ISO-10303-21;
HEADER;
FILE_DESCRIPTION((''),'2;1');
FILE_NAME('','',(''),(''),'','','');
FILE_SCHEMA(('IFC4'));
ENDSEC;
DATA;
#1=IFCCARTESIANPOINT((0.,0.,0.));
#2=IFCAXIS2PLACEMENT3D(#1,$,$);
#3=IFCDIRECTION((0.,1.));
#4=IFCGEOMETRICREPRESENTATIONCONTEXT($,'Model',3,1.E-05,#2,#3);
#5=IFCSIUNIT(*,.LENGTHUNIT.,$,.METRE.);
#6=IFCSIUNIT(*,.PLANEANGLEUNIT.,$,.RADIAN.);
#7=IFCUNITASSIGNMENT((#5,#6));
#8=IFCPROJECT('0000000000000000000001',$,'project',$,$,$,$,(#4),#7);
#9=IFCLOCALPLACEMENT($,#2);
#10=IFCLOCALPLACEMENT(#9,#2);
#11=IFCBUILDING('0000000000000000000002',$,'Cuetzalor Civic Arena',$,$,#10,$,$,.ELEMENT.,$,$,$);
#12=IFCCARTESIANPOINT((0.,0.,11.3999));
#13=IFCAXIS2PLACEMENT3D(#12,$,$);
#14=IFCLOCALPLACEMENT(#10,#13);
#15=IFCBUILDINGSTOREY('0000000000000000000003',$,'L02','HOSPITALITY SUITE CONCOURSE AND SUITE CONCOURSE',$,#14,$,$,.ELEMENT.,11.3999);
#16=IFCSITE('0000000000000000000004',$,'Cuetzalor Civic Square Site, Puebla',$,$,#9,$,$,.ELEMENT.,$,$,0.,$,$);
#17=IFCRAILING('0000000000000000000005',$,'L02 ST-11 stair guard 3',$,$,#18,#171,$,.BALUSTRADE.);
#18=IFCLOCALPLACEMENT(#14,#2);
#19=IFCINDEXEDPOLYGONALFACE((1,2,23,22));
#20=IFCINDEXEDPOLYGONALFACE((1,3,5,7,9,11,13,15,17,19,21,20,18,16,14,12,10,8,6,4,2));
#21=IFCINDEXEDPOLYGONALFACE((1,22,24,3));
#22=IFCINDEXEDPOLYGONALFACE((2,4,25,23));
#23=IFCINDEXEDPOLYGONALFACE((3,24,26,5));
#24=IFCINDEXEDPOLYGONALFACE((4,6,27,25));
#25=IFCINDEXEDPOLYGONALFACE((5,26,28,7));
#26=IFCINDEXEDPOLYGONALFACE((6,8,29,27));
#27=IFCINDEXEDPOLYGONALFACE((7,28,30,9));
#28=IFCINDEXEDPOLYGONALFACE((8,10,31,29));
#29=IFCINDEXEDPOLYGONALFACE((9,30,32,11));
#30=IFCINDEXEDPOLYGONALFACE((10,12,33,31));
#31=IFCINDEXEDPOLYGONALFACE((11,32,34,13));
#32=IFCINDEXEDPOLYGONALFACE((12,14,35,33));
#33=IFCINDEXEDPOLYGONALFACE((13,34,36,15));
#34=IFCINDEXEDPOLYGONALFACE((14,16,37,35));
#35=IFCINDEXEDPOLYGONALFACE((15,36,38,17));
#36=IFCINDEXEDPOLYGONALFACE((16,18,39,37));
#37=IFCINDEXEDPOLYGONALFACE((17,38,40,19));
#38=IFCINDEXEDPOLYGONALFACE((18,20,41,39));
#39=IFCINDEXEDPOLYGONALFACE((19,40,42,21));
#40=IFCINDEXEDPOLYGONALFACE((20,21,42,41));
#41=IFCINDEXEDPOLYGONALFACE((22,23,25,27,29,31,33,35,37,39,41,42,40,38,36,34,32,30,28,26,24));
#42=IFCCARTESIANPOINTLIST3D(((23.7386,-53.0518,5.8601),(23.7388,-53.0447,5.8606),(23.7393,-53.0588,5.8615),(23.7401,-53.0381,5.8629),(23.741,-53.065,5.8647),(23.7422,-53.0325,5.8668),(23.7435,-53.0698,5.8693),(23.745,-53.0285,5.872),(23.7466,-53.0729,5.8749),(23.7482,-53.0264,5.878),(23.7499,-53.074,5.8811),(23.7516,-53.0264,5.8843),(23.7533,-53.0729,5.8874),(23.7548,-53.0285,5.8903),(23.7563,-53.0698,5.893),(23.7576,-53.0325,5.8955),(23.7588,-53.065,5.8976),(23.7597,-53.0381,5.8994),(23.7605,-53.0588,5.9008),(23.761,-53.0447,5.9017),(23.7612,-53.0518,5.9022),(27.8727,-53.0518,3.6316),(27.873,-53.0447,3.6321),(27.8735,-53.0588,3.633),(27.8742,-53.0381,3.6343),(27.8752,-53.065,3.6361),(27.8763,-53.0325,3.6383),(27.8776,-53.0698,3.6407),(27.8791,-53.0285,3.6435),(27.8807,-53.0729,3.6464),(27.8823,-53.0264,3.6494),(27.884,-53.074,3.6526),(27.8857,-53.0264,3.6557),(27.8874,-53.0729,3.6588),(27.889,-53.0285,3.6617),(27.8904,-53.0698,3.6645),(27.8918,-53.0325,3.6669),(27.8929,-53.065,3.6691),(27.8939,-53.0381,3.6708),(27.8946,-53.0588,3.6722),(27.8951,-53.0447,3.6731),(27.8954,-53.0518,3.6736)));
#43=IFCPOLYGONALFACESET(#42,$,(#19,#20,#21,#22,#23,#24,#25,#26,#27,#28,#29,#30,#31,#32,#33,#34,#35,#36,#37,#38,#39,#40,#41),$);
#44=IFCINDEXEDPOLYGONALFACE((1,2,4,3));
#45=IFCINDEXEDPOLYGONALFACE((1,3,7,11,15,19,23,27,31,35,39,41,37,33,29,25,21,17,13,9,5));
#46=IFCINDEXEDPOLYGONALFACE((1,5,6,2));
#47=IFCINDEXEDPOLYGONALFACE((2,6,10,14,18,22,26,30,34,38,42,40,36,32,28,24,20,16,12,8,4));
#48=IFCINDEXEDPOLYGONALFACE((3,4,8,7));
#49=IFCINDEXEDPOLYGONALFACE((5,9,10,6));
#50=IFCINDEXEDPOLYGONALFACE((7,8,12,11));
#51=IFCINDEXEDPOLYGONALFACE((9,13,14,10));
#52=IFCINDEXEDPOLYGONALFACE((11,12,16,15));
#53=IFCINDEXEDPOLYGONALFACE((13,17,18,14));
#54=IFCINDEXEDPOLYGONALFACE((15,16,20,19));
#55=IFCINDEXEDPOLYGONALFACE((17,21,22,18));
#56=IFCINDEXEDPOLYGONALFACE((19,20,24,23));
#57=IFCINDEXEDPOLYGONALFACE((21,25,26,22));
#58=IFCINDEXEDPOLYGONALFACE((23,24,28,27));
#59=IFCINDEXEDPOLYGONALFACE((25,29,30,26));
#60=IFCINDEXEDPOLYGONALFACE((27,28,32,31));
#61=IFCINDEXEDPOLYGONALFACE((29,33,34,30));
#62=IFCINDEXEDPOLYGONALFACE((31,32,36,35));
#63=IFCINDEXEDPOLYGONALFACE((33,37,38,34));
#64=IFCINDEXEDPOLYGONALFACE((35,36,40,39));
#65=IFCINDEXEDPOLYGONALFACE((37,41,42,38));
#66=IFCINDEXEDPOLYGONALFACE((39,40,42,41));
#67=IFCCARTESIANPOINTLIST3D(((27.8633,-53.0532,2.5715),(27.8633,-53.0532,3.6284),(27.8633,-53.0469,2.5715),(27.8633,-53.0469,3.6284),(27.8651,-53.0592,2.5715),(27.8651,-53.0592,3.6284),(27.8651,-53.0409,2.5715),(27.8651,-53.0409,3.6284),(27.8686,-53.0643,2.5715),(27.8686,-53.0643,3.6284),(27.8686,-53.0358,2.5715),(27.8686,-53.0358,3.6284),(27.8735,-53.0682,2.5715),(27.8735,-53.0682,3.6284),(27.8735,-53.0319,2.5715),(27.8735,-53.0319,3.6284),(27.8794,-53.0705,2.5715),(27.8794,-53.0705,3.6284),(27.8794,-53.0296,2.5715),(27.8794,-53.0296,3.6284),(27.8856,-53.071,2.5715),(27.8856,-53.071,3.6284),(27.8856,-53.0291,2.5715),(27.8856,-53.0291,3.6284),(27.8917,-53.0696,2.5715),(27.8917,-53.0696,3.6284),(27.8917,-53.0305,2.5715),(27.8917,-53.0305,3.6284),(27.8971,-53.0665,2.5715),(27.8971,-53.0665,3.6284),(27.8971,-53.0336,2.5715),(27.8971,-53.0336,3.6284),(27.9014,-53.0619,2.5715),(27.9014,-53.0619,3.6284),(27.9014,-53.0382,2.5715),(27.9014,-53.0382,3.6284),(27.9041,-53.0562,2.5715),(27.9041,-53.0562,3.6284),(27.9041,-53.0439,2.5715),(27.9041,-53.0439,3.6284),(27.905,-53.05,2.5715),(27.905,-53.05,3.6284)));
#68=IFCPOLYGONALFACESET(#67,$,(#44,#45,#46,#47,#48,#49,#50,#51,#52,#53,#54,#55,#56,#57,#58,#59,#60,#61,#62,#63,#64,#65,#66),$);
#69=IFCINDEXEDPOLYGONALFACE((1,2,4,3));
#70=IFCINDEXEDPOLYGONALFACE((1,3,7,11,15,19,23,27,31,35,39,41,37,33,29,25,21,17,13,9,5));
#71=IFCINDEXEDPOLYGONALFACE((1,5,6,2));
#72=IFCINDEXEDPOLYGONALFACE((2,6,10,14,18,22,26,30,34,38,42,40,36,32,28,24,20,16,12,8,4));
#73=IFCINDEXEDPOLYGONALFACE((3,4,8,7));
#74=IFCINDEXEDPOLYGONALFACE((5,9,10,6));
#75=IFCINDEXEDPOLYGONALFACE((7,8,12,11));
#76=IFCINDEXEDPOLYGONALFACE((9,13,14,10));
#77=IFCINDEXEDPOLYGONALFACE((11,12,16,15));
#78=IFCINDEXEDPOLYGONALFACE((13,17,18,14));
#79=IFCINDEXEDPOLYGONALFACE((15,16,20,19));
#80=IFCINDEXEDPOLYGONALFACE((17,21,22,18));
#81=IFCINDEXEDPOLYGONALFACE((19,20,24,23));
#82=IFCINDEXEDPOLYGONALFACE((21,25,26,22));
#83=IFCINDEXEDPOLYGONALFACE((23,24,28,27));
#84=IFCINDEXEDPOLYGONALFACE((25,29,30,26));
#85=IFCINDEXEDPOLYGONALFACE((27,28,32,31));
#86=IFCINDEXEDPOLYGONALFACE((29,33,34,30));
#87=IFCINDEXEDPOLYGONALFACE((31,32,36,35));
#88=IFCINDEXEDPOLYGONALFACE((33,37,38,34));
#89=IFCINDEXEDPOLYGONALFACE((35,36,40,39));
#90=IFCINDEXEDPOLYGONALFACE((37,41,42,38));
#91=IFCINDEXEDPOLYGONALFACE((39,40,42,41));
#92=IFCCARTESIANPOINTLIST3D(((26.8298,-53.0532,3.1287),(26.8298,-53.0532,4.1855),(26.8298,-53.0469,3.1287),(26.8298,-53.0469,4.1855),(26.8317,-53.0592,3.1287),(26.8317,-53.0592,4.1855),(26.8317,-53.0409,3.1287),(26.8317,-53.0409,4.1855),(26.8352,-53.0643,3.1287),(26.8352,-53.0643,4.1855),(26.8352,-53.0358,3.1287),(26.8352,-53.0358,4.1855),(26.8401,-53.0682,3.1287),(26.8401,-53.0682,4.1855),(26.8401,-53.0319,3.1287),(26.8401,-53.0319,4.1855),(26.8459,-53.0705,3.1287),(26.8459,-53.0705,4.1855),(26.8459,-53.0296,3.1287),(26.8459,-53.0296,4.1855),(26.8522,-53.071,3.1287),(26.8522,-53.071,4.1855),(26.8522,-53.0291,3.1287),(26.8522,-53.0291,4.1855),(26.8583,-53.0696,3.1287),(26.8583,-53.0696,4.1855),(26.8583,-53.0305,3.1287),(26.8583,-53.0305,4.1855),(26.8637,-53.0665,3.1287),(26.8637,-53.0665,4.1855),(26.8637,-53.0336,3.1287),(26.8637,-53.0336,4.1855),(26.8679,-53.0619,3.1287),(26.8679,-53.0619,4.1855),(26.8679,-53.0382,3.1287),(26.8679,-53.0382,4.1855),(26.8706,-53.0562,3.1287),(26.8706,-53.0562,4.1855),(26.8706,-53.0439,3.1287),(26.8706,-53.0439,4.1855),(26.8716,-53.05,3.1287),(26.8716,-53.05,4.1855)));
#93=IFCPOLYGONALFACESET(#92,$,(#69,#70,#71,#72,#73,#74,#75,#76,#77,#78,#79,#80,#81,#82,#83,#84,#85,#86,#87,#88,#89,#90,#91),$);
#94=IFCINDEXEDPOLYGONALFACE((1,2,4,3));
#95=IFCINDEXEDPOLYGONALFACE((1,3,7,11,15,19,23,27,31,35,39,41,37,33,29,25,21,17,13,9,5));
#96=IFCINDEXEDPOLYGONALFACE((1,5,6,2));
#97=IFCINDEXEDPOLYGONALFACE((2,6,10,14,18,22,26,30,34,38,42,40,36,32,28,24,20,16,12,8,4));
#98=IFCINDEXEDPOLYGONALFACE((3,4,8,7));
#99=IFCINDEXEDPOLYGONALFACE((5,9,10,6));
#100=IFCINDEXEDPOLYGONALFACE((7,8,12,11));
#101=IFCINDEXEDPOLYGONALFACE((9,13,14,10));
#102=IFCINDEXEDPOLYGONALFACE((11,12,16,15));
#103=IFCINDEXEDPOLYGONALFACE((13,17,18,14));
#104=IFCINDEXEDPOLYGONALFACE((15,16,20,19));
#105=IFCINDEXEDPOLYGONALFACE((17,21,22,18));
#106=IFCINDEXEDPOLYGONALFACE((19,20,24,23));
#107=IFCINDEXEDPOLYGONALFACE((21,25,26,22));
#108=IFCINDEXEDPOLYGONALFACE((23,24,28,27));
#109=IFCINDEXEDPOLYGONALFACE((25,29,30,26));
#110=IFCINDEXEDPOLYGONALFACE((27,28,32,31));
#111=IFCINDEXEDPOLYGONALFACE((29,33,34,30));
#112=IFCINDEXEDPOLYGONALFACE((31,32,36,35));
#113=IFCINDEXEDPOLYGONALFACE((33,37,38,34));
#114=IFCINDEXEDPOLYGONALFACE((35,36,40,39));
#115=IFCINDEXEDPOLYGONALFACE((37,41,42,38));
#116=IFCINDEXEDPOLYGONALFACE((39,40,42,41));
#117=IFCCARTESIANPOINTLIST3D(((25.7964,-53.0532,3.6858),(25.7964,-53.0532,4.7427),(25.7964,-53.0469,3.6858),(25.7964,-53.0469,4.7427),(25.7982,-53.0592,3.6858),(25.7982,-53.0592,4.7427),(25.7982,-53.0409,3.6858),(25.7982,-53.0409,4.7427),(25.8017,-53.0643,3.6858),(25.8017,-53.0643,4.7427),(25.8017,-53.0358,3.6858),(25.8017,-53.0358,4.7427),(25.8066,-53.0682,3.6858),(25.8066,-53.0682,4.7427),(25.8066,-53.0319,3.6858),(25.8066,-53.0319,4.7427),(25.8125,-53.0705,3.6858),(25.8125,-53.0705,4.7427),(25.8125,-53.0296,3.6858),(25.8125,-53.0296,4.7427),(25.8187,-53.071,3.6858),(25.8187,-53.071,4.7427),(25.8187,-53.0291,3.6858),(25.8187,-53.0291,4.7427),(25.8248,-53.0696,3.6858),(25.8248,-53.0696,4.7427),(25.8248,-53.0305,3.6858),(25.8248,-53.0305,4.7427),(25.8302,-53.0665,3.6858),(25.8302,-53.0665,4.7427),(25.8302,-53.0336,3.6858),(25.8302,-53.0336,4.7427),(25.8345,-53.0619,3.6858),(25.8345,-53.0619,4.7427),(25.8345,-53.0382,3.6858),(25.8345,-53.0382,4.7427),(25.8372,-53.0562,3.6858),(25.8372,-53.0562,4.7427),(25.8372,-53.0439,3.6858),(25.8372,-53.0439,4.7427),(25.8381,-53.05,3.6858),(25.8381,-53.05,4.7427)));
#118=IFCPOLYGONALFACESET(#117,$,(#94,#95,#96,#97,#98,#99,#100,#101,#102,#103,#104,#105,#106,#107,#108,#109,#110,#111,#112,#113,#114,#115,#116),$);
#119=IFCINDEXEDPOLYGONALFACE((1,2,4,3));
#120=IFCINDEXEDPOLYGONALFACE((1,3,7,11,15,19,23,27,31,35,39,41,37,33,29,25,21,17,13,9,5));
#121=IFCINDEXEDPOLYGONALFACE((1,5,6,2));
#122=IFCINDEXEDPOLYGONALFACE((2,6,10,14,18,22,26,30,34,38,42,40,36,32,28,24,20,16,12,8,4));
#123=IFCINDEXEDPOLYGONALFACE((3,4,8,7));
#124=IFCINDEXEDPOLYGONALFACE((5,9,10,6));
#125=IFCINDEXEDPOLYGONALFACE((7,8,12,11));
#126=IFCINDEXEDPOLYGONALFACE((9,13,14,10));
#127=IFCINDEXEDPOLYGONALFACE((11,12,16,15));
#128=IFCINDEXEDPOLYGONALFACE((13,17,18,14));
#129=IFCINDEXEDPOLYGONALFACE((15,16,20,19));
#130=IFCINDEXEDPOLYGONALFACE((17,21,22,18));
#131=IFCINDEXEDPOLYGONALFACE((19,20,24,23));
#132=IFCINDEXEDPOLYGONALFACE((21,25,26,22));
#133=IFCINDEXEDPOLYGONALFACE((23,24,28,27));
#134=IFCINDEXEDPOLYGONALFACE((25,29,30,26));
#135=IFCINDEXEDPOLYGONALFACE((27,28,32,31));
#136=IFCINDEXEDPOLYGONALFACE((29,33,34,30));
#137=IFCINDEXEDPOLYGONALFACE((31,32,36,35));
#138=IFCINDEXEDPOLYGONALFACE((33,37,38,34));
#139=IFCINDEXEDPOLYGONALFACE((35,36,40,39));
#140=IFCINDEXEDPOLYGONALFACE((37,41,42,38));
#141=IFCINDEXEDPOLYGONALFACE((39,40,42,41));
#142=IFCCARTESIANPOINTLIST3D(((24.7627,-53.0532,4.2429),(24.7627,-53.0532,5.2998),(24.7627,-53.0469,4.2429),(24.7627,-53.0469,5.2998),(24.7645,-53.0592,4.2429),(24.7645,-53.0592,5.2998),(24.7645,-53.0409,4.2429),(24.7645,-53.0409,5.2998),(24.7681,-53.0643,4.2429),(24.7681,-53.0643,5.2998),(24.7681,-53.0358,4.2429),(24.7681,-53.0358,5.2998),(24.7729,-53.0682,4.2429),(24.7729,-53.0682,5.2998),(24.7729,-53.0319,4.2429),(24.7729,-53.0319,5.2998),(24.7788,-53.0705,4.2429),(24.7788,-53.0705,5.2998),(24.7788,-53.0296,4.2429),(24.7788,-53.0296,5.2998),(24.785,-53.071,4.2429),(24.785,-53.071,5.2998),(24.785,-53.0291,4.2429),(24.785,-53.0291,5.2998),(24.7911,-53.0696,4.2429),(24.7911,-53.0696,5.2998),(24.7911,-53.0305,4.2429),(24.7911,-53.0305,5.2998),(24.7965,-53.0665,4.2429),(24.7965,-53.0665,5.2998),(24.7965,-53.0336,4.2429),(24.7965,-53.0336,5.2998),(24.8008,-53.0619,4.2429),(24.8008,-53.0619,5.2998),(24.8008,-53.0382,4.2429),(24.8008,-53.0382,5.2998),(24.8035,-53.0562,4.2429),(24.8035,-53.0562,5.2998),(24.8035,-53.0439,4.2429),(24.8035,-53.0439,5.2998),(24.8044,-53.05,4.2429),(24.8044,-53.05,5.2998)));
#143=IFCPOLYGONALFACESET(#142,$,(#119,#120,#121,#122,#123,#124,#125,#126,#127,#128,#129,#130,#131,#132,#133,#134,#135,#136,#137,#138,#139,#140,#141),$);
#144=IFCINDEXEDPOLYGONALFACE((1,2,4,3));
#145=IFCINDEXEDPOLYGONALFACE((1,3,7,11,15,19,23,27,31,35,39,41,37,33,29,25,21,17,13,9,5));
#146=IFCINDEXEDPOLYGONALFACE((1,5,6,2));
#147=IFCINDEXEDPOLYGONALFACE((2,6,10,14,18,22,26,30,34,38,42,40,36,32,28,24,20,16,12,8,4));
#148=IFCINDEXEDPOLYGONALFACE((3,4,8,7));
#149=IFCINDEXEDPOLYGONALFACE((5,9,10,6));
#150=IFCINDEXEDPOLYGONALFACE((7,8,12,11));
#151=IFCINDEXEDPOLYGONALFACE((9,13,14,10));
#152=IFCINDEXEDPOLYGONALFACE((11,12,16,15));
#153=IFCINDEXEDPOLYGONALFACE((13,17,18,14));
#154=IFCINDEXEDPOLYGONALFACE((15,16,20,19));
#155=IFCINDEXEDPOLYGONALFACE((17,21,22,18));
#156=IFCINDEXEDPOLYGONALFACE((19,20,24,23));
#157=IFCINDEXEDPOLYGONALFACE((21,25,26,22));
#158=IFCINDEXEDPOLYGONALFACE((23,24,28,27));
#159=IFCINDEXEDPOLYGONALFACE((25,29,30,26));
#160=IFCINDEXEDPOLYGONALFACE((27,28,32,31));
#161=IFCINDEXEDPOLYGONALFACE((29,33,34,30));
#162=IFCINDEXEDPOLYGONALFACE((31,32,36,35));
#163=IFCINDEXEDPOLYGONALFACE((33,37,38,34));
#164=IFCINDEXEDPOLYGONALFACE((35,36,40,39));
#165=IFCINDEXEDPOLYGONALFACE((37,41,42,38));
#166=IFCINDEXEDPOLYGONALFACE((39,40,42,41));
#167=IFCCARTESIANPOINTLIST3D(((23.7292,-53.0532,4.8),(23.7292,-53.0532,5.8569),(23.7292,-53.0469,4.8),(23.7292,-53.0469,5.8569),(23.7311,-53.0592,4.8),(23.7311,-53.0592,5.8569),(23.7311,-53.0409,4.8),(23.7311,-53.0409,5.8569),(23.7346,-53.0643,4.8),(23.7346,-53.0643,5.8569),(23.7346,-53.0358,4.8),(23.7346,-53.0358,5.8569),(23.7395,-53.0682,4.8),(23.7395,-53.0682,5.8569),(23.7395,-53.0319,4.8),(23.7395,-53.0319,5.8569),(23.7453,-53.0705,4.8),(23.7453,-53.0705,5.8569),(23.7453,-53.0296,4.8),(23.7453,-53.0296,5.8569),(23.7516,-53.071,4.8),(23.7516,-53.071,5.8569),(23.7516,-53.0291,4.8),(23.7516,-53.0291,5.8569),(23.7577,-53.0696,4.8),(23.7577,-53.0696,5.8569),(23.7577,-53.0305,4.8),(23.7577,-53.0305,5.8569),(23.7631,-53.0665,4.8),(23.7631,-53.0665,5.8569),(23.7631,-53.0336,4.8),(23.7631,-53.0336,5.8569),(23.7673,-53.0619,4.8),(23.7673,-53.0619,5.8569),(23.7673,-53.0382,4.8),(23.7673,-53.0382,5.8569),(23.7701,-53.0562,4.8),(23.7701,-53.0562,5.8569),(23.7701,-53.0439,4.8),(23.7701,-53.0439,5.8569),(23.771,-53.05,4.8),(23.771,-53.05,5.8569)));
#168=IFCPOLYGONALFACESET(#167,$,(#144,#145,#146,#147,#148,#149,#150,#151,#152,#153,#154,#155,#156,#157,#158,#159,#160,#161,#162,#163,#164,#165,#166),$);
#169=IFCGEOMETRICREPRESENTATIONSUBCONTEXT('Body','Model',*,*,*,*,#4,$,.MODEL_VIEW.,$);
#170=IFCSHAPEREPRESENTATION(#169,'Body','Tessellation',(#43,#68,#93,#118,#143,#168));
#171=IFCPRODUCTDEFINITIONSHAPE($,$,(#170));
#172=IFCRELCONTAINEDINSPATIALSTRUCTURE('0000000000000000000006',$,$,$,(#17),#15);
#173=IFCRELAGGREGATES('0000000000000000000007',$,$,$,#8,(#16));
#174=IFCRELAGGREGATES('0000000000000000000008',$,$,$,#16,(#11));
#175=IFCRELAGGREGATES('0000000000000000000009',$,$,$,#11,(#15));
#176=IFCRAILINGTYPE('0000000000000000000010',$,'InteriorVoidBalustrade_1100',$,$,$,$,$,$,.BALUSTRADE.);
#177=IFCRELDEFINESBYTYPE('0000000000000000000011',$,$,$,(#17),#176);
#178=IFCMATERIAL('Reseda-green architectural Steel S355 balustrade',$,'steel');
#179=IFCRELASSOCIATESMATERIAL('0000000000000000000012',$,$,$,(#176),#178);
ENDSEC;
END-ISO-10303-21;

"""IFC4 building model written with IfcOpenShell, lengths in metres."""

from ifc_helpers import new_model, si_unit, direction, frame, origin, origin_2d, place, context, subcontext, project, spatial, circle, extrude, material, type_object, element, save


model = new_model("IFC4")

# Units and contexts
model_context = context("Model", 3, precision=1e-05, world=origin(), true_north=direction((0.0, 1.0)))
body_context = subcontext(model_context, "Body", "Model", "MODEL_VIEW")
ifc_project = project(units=[si_unit("LENGTHUNIT", "METRE"), si_unit("PLANEANGLEUNIT", "RADIAN")], contexts=[model_context])

# Site, building, storey
site_placement = place(None, origin())
site = spatial("IfcSite", under=ifc_project, at=site_placement, Name="Cuetzalor Civic Square Site, Puebla", CompositionType="ELEMENT", RefElevation=0.0)
building_placement = place(site_placement, origin())
building = spatial("IfcBuilding", under=site, at=building_placement, Name="Cuetzalor Civic Arena", CompositionType="ELEMENT")
storey_placement = place(building_placement, frame((0.0, 0.0, 11.3999)))
storey = spatial("IfcBuildingStorey", under=building, at=storey_placement, Name="L02", Description="HOSPITALITY SUITE CONCOURSE AND SUITE CONCOURSE", CompositionType="ELEMENT", Elevation=11.3999)

# Railing
ifc_material_1 = material(Name="Reseda-green architectural Steel S355 balustrade", Category="steel")
railing_type_1 = type_object("IfcRailingType", Name="InteriorVoidBalustrade_1100", PredefinedType="BALUSTRADE", material=ifc_material_1)
railing_1_placement = place(storey_placement, frame((27.884, -53.05, 2.5715)))
element("IfcRailing", 1, at=railing_1_placement, inside=storey, type_object=railing_type_1, Name="L02 ST-11 stair guard 3", PredefinedType="BALUSTRADE", context=body_context, shape_type="SweptSolid", body=[
    extrude(circle(Radius=0.0239, at=origin_2d()), frame((0.0, 0.0, 1.0811), z_axis=(-0.880249, 0.0, 0.474512), x_axis=(0.0, -1.0, 0.0)), (0.0, 0.0, 1.0), 4.6965),
    extrude(circle(Radius=0.021, at=origin_2d()), origin(), (0.0, 0.0, 1.0), 1.0569),
    extrude(circle(Radius=0.021, at=origin_2d()), frame((-1.0334, 0.0, 0.5571)), (0.0, 0.0, 1.0), 1.0569),
    extrude(circle(Radius=0.021, at=origin_2d()), frame((-2.0669, 0.0, 1.1143)), (0.0, 0.0, 1.0), 1.0569),
    extrude(circle(Radius=0.021, at=origin_2d()), frame((-3.1006, 0.0, 1.6714)), (0.0, 0.0, 1.0), 1.0569),
    extrude(circle(Radius=0.021, at=origin_2d()), frame((-4.134, 0.0, 2.2285)), (0.0, 0.0, 1.0), 1.0569),
])

save(model, "model.ifc")
